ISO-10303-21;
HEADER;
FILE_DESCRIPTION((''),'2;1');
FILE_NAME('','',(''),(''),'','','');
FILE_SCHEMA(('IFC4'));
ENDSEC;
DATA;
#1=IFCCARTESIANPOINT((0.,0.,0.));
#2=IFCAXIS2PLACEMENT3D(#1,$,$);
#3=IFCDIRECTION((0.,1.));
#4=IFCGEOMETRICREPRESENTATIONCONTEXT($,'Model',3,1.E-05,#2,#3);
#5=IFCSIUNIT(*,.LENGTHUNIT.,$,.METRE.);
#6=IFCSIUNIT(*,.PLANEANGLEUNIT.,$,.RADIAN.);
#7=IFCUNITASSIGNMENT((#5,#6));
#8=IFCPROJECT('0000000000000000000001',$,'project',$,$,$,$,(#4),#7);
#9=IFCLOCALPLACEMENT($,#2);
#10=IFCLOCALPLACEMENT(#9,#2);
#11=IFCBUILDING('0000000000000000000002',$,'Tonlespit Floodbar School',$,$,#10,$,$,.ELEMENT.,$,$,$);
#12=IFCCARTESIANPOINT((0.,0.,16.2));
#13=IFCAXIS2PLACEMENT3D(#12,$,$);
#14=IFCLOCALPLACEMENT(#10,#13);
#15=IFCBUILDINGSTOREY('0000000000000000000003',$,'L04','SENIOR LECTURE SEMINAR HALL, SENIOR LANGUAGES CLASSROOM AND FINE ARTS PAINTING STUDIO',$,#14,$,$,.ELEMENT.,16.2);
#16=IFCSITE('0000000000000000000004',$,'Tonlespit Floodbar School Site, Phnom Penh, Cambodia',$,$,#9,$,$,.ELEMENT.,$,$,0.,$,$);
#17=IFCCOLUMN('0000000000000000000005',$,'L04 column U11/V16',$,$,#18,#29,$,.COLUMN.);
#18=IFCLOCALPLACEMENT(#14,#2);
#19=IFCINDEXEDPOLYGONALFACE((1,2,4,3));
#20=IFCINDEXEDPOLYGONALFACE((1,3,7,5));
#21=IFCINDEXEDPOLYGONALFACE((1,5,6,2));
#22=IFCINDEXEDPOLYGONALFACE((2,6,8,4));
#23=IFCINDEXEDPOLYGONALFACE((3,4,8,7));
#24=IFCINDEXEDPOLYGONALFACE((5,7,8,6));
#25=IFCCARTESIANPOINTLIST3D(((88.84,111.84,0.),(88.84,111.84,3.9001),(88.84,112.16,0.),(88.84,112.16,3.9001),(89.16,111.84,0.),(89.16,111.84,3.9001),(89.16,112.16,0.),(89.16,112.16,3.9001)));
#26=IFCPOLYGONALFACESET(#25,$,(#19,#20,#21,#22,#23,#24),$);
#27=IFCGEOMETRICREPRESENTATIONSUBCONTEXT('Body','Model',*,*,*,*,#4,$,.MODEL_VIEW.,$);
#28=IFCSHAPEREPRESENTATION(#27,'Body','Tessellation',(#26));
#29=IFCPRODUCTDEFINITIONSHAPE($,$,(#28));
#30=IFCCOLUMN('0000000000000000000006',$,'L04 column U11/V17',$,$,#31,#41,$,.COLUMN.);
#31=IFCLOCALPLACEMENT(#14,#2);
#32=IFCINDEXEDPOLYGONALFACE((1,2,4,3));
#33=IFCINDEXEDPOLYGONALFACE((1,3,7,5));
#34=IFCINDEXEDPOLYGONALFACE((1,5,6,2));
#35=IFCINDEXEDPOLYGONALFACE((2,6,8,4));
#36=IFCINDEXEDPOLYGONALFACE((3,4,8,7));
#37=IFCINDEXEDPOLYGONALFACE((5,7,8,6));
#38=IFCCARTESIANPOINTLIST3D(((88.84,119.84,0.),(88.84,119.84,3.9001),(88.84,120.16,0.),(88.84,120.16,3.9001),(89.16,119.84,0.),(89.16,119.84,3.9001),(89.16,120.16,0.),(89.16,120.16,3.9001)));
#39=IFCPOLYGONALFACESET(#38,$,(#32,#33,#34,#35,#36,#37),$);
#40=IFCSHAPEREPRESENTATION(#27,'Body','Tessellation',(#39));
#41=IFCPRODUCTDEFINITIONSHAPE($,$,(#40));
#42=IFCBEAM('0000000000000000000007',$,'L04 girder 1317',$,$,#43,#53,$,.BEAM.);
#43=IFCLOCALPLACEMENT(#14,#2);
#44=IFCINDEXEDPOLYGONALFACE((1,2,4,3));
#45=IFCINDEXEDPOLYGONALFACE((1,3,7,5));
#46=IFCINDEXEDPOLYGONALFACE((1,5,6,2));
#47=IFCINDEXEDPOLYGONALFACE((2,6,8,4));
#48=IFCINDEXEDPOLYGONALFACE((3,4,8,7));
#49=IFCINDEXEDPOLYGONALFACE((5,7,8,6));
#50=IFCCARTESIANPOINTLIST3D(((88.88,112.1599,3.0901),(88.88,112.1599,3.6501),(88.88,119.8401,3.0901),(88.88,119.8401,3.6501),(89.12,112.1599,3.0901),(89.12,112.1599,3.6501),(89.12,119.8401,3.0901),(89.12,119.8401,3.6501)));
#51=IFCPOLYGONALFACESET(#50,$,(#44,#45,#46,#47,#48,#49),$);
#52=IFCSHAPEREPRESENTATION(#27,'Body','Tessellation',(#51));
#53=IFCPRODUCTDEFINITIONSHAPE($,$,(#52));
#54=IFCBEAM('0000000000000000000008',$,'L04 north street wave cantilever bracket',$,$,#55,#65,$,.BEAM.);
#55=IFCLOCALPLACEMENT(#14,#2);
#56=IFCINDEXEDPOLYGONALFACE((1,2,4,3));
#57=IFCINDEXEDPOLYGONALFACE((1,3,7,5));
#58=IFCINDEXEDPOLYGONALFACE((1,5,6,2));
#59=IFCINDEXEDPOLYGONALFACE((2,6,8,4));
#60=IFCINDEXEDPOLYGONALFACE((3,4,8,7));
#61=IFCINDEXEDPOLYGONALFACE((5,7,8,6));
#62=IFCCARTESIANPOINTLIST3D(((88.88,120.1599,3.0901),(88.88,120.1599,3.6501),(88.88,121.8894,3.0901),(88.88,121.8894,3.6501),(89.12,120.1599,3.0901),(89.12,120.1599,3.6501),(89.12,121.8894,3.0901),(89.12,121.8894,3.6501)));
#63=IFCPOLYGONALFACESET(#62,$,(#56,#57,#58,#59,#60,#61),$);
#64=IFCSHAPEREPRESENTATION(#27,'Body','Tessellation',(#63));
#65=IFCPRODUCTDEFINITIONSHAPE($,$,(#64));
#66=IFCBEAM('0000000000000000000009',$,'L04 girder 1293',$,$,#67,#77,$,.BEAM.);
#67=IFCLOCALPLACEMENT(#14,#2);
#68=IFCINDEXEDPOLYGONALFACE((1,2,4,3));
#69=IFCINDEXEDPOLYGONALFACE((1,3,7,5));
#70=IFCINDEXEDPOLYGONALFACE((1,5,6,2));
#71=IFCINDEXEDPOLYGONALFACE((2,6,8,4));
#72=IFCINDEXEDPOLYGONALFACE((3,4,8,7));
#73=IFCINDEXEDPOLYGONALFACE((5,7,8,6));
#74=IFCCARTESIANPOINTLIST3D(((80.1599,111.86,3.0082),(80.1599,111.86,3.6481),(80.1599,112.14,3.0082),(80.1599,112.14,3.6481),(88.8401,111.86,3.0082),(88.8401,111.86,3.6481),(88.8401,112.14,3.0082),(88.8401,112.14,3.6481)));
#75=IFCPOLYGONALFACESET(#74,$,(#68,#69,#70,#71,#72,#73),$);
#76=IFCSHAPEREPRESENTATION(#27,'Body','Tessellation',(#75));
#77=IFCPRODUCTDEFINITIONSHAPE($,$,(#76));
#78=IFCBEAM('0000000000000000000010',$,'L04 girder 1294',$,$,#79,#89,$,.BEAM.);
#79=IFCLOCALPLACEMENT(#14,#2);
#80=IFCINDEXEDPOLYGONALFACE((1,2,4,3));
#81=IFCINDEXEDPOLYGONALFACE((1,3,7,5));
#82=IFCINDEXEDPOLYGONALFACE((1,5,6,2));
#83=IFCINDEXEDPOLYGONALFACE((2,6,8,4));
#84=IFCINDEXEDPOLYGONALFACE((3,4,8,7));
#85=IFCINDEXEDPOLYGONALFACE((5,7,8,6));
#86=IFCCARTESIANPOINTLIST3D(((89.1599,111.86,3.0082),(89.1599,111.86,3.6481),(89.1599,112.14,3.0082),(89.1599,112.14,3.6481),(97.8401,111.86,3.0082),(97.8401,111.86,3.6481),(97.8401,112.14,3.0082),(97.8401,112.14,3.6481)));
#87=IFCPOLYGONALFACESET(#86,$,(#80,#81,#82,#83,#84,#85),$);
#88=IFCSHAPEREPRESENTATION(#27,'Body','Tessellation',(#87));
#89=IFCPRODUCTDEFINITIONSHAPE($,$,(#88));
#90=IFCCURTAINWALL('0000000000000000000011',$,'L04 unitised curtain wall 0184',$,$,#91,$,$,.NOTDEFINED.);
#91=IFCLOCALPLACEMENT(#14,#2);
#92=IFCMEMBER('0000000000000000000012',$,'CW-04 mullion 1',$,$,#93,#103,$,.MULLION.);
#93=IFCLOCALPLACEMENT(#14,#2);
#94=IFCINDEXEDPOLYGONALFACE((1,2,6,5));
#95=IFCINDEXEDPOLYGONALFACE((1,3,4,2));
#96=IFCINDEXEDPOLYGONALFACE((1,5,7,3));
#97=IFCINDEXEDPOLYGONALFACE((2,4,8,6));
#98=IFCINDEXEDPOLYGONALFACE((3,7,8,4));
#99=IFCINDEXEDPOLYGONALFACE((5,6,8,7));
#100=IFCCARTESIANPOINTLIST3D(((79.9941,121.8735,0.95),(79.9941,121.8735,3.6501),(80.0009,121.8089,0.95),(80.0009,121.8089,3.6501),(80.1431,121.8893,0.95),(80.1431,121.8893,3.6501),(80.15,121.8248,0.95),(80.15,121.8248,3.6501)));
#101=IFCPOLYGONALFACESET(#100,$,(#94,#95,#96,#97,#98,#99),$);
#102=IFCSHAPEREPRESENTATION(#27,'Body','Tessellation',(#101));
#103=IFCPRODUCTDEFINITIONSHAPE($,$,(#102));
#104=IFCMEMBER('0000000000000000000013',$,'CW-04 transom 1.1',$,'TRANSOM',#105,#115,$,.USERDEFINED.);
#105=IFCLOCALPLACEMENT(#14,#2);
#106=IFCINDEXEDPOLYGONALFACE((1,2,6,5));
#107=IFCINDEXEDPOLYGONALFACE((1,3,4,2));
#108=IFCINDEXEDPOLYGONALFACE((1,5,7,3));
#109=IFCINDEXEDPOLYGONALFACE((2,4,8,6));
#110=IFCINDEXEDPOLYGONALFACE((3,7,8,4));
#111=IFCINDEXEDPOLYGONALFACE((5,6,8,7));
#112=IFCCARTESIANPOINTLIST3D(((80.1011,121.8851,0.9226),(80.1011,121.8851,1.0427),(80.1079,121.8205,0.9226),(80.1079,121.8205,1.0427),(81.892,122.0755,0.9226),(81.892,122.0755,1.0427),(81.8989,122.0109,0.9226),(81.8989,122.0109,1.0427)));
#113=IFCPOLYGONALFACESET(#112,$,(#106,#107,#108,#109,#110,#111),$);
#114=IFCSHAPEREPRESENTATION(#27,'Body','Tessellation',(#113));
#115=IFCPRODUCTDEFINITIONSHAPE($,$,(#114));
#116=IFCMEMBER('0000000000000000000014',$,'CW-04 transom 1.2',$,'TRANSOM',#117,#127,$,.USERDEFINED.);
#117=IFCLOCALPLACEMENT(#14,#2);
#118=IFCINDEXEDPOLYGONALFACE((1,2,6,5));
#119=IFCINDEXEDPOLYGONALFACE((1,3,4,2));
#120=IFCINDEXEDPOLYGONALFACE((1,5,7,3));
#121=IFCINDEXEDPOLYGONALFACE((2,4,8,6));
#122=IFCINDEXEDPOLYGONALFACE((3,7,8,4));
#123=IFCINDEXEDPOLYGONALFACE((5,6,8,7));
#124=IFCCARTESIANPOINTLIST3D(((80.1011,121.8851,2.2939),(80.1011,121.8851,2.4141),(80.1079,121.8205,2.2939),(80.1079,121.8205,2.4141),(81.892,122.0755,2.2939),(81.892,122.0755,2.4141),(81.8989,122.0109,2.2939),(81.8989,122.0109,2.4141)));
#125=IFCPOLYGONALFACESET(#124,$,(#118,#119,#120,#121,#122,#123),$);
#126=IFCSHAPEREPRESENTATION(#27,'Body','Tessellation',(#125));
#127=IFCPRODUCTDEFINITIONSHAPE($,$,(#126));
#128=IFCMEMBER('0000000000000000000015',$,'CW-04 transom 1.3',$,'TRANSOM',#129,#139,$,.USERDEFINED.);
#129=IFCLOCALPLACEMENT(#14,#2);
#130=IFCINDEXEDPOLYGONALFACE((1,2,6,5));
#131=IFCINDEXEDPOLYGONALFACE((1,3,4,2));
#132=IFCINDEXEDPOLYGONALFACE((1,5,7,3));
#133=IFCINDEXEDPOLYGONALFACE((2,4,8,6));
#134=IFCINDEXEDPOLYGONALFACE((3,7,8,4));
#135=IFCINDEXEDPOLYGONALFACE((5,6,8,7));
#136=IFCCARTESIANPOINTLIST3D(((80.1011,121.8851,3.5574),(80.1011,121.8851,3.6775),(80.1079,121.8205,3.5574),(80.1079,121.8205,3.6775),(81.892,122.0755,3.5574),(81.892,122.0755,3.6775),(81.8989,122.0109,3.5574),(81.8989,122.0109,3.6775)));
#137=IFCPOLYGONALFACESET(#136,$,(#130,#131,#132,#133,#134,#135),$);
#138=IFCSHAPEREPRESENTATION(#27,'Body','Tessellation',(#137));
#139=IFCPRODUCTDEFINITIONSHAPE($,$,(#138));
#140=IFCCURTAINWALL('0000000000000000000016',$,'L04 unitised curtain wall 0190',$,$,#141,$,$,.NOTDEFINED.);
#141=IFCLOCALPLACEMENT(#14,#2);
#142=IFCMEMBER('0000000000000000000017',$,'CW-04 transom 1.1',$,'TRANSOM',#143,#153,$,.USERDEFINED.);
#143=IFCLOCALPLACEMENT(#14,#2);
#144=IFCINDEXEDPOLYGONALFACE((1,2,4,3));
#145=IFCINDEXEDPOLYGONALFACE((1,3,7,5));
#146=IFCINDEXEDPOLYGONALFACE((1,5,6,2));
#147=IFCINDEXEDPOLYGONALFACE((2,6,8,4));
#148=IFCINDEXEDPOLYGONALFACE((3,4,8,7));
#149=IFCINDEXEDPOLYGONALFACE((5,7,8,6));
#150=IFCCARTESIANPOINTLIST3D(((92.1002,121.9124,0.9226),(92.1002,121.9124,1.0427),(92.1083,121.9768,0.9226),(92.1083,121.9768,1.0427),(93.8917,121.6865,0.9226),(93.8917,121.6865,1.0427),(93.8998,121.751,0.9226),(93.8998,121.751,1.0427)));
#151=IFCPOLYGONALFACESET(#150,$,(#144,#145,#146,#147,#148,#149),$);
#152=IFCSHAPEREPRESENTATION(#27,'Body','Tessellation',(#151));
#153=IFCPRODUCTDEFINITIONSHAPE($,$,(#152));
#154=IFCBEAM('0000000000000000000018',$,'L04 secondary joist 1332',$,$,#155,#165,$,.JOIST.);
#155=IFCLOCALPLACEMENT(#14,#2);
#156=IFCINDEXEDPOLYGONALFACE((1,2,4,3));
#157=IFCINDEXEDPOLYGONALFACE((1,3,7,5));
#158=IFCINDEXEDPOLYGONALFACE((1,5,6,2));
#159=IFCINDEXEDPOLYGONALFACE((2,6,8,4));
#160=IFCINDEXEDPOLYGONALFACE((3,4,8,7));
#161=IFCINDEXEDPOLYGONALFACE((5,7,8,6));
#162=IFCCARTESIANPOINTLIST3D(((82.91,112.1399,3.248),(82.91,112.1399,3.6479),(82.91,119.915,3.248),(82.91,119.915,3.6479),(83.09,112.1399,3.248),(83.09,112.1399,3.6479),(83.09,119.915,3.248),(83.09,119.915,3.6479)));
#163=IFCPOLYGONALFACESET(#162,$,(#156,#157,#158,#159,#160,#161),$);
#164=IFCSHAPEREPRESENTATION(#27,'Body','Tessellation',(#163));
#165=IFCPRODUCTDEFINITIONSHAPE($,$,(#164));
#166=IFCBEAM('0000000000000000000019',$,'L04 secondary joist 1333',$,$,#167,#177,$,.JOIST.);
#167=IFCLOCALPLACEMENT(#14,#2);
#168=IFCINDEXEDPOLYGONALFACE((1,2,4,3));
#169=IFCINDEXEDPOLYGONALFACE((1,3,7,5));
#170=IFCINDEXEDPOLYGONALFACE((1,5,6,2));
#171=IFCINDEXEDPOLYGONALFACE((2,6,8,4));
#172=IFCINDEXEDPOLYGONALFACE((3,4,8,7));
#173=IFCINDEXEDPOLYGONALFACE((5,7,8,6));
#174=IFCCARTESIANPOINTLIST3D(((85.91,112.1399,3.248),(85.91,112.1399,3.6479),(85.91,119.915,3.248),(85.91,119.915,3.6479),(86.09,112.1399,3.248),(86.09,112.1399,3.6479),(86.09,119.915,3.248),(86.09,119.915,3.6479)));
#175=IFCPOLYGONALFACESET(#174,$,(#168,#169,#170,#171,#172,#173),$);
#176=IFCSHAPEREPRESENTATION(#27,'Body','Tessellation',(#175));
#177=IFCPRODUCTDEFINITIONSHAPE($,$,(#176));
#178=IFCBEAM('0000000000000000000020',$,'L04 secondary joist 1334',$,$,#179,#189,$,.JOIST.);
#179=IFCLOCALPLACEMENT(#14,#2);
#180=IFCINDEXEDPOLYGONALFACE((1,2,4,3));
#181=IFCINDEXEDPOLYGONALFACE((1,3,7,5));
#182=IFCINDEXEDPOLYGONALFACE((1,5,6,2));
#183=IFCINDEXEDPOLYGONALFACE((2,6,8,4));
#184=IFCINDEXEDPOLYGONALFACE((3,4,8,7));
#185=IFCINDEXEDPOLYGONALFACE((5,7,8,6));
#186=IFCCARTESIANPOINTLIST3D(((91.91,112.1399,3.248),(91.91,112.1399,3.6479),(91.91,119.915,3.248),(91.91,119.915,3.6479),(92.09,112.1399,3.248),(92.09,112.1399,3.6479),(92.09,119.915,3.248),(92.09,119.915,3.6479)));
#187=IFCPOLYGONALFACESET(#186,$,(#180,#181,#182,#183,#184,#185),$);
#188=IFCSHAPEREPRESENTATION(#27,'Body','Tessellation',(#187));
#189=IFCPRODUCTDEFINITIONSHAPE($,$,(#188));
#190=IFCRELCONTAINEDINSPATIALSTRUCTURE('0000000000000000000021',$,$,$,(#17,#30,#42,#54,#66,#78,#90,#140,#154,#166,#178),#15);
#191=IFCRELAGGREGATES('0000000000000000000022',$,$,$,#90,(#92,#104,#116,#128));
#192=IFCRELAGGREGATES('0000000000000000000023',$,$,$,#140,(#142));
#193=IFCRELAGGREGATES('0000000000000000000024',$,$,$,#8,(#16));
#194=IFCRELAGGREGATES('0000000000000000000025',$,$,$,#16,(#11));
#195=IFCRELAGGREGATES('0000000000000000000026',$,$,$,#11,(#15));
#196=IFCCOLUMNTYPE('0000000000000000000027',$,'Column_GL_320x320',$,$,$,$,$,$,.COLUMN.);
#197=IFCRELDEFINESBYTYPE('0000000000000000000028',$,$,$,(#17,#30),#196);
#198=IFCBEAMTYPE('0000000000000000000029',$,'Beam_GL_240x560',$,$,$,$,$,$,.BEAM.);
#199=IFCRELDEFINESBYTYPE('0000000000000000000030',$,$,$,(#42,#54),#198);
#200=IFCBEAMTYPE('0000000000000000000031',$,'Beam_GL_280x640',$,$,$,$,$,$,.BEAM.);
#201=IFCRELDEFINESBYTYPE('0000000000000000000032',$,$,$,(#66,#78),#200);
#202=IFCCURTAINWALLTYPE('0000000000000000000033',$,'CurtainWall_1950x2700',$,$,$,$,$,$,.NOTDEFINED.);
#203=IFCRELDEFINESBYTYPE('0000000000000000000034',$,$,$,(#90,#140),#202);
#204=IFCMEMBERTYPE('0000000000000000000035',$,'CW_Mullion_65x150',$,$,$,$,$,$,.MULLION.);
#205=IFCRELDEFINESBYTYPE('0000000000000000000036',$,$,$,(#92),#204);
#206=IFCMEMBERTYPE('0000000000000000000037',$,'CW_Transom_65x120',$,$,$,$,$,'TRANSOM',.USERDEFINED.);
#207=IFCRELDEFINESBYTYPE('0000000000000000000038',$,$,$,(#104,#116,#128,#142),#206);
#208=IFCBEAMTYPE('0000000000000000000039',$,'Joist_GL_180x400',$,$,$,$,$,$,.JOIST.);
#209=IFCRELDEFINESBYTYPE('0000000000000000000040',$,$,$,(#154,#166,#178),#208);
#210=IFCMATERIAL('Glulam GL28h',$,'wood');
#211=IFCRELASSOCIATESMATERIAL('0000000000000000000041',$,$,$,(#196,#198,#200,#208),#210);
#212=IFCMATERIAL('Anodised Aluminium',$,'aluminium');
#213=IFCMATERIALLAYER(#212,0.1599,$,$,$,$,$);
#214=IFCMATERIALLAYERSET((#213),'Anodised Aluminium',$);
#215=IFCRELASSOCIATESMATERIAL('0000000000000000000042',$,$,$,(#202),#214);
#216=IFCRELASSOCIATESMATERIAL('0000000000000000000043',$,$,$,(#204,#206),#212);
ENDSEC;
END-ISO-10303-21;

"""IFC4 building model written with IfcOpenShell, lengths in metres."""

from ifc_helpers import new_model, si_unit, direction, frame, origin, origin_2d, place, context, subcontext, project, spatial, rectangle, extrude, material, layer, layer_set, material_profile, profile_set, type_object, element, aggregate, save


model = new_model("IFC4")

# Units and contexts
model_context = context("Model", 3, precision=1e-05, world=origin(), true_north=direction((0.0, 1.0)))
body_context = subcontext(model_context, "Body", "Model", "MODEL_VIEW")
ifc_project = project(units=[si_unit("LENGTHUNIT", "METRE"), si_unit("PLANEANGLEUNIT", "RADIAN")], contexts=[model_context])

# Site, building, storey
site_placement = place(None, origin())
site = spatial("IfcSite", under=ifc_project, at=site_placement, Name="Tonlespit Floodbar School Site, Phnom Penh, Cambodia", CompositionType="ELEMENT", RefElevation=0.0)
building_placement = place(site_placement, origin())
building = spatial("IfcBuilding", under=site, at=building_placement, Name="Tonlespit Floodbar School", CompositionType="ELEMENT")
storey_placement = place(building_placement, frame((0.0, 0.0, 16.2)))
storey = spatial("IfcBuildingStorey", under=building, at=storey_placement, Name="L04", Description="SENIOR LECTURE SEMINAR HALL, SENIOR LANGUAGES CLASSROOM AND FINE ARTS PAINTING STUDIO", CompositionType="ELEMENT", Elevation=16.2)

# Columns
ifc_material_1 = material(Name="Glulam GL28h", Category="wood")
ifc_material_profile_1 = material_profile(ifc_material_1, rectangle(XDim=0.3201, YDim=0.3201, at=origin_2d()), Name="GL 320x320")
ifc_profile_set_1 = profile_set([ifc_material_profile_1], Name="Glulam GL28h")
column_type = type_object("IfcColumnType", Name="Column_GL_320x320", PredefinedType="COLUMN", material=ifc_profile_set_1)
for number, where, z_axis, x_axis, name in (
    (1, (89.0, 112.0, 0.0), (0.0, 0.0, 1.0), (1.0, 0.0, 0.0), "L04 column U11/V16"),
    (2, (89.0, 120.0, 0.0), (0.0, 0.0, 1.0), (1.0, 0.0, 0.0), "L04 column U11/V17"),
):
    element("IfcColumn", number, at=place(storey_placement, frame(where, z_axis=z_axis, x_axis=x_axis)), inside=storey, type_object=column_type, Name=name, PredefinedType="COLUMN", context=body_context, shape_type="SweptSolid", body=[
        extrude(rectangle(XDim=0.3201, YDim=0.3201, at=origin_2d()), origin(), (0.0, 0.0, 1.0), 3.9001),
    ])

# Beams
ifc_material_profile_2 = material_profile(ifc_material_1, rectangle(XDim=0.24, YDim=0.5601, at=origin_2d()), Name="GL 240x560")
ifc_profile_set_2 = profile_set([ifc_material_profile_2], Name="Glulam GL28h")
beam_type_1 = type_object("IfcBeamType", Name="Beam_GL_240x560", PredefinedType="BEAM", material=ifc_profile_set_2)
beam_1_placement = place(storey_placement, frame((89.0, 112.1599, 3.3701), z_axis=(0.0, 1.0, 0.0), x_axis=(-1.0, 0.0, 0.0)))
element("IfcBeam", 3, at=beam_1_placement, inside=storey, type_object=beam_type_1, Name="L04 girder 1317", PredefinedType="BEAM", context=body_context, shape_type="SweptSolid", body=[
    extrude(rectangle(XDim=0.24, YDim=0.5601, at=origin_2d()), origin(), (0.0, 0.0, 1.0), 7.6802),
])
beam_2_placement = place(storey_placement, frame((89.0, 120.1599, 3.3701), z_axis=(0.0, 1.0, 0.0), x_axis=(-1.0, 0.0, 0.0)))
element("IfcBeam", 4, at=beam_2_placement, inside=storey, type_object=beam_type_1, Name="L04 north street wave cantilever bracket", PredefinedType="BEAM", context=body_context, shape_type="SweptSolid", body=[
    extrude(rectangle(XDim=0.24, YDim=0.5601, at=origin_2d()), origin(), (0.0, 0.0, 1.0), 1.7295),
])
ifc_material_profile_3 = material_profile(ifc_material_1, rectangle(XDim=0.28, YDim=0.6399, at=origin_2d()), Name="GL 280x640")
ifc_profile_set_3 = profile_set([ifc_material_profile_3], Name="Glulam GL28h")
beam_type_2 = type_object("IfcBeamType", Name="Beam_GL_280x640", PredefinedType="BEAM", material=ifc_profile_set_3)
for number, where, z_axis, x_axis, name in (
    (5, (80.1599, 112.0, 3.3281), (1.0, 0.0, 0.0), (0.0, 1.0, 0.0), "L04 girder 1293"),
    (6, (89.1599, 112.0, 3.3281), (1.0, 0.0, 0.0), (0.0, 1.0, 0.0), "L04 girder 1294"),
):
    element("IfcBeam", number, at=place(storey_placement, frame(where, z_axis=z_axis, x_axis=x_axis)), inside=storey, type_object=beam_type_2, Name=name, PredefinedType="BEAM", context=body_context, shape_type="SweptSolid", body=[
        extrude(rectangle(XDim=0.28, YDim=0.6399, at=origin_2d()), origin(), (0.0, 0.0, 1.0), 8.6802),
    ])

# Curtain wall, members
ifc_material_2 = material(Name="Anodised Aluminium", Category="aluminium")
ifc_layer_1 = layer(ifc_material_2, 0.1599)
ifc_layer_set_1 = layer_set([ifc_layer_1], Name="Anodised Aluminium")
curtain_wall_type = type_object("IfcCurtainWallType", Name="CurtainWall_1950x2700", PredefinedType="NOTDEFINED", material=ifc_layer_set_1)
curtain_wall_1_placement = place(storey_placement, origin())
curtain_wall_1 = element("IfcCurtainWall", 7, at=curtain_wall_1_placement, inside=storey, type_object=curtain_wall_type, Name="L04 unitised curtain wall 0184", PredefinedType="NOTDEFINED")
ifc_material_profile_4 = material_profile(ifc_material_2, rectangle(XDim=0.0649, YDim=0.1499, at=origin_2d()), Name="ALU M65x150")
ifc_profile_set_4 = profile_set([ifc_material_profile_4], Name="Anodised Aluminium")
member_type_1 = type_object("IfcMemberType", Name="CW_Mullion_65x150", PredefinedType="MULLION", material=ifc_profile_set_4)
member_1_placement = place(storey_placement, frame((80.072, 121.8491, 0.95), z_axis=(0.0, 0.0, 1.0), x_axis=(-0.105787, 0.994389, 0.0)))
member_1 = element("IfcMember", 8, at=member_1_placement, type_object=member_type_1, Name="CW-04 mullion 1", PredefinedType="MULLION", context=body_context, shape_type="SweptSolid", body=[
    extrude(rectangle(XDim=0.0649, YDim=0.1499, at=origin_2d()), origin(), (0.0, 0.0, 1.0), 2.7002),
])
ifc_material_profile_5 = material_profile(ifc_material_2, rectangle(XDim=0.0649, YDim=0.1201, at=origin_2d()), Name="ALU T65x120")
ifc_profile_set_5 = profile_set([ifc_material_profile_5], Name="Anodised Aluminium")
member_type_2 = type_object("IfcMemberType", Name="CW_Transom_65x120", ElementType="TRANSOM", PredefinedType="USERDEFINED", material=ifc_profile_set_5)
member_2_placement = place(storey_placement, frame((80.1045, 121.8528, 0.9827), z_axis=(0.994395, 0.105729, 0.0), x_axis=(-0.105729, 0.994395, 0.0)))
member_2 = element("IfcMember", 9, at=member_2_placement, type_object=member_type_2, Name="CW-04 transom 1.1", ObjectType="TRANSOM", PredefinedType="USERDEFINED", context=body_context, shape_type="SweptSolid", body=[
    extrude(rectangle(XDim=0.0649, YDim=0.1201, at=origin_2d()), origin(), (0.0, 0.0, 1.0), 1.801),
])
member_3_placement = place(storey_placement, frame((80.1045, 121.8528, 2.354), z_axis=(0.994395, 0.105729, 0.0), x_axis=(-0.105729, 0.994395, 0.0)))
member_3 = element("IfcMember", 10, at=member_3_placement, type_object=member_type_2, Name="CW-04 transom 1.2", ObjectType="TRANSOM", PredefinedType="USERDEFINED", context=body_context, shape_type="SweptSolid", body=[
    extrude(rectangle(XDim=0.0649, YDim=0.1201, at=origin_2d()), origin(), (0.0, 0.0, 1.0), 1.801),
])
member_4_placement = place(storey_placement, frame((80.1045, 121.8528, 3.6174), z_axis=(0.994395, 0.105729, 0.0), x_axis=(-0.105729, 0.994395, 0.0)))
member_4 = element("IfcMember", 11, at=member_4_placement, type_object=member_type_2, Name="CW-04 transom 1.3", ObjectType="TRANSOM", PredefinedType="USERDEFINED", context=body_context, shape_type="SweptSolid", body=[
    extrude(rectangle(XDim=0.0649, YDim=0.1201, at=origin_2d()), origin(), (0.0, 0.0, 1.0), 1.801),
])
aggregate(curtain_wall_1, [member_1, member_2, member_3, member_4])

# Curtain wall, member
curtain_wall_2_placement = place(storey_placement, origin())
curtain_wall_2 = element("IfcCurtainWall", 12, at=curtain_wall_2_placement, inside=storey, type_object=curtain_wall_type, Name="L04 unitised curtain wall 0190", PredefinedType="NOTDEFINED")
member_5_placement = place(storey_placement, frame((92.1042, 121.9446, 0.9827), z_axis=(0.992148, -0.125066, 0.0), x_axis=(0.125066, 0.992148, 0.0)))
member_5 = element("IfcMember", 13, at=member_5_placement, type_object=member_type_2, Name="CW-04 transom 1.1", ObjectType="TRANSOM", PredefinedType="USERDEFINED", context=body_context, shape_type="SweptSolid", body=[
    extrude(rectangle(XDim=0.0649, YDim=0.1201, at=origin_2d()), origin(), (0.0, 0.0, 1.0), 1.8057),
])

# Beams
ifc_material_profile_6 = material_profile(ifc_material_1, rectangle(XDim=0.1799, YDim=0.3999, at=origin_2d()), Name="GL 180x400")
ifc_profile_set_6 = profile_set([ifc_material_profile_6], Name="Glulam GL28h")
beam_type_3 = type_object("IfcBeamType", Name="Joist_GL_180x400", PredefinedType="JOIST", material=ifc_profile_set_6)
for number, where, z_axis, x_axis, name in (
    (14, (83.0, 112.1399, 3.448), (0.0, 1.0, 0.0), (-1.0, 0.0, 0.0), "L04 secondary joist 1332"),
    (15, (86.0, 112.1399, 3.448), (0.0, 1.0, 0.0), (-1.0, 0.0, 0.0), "L04 secondary joist 1333"),
    (16, (92.0, 112.1399, 3.448), (0.0, 1.0, 0.0), (-1.0, 0.0, 0.0), "L04 secondary joist 1334"),
):
    element("IfcBeam", number, at=place(storey_placement, frame(where, z_axis=z_axis, x_axis=x_axis)), inside=storey, type_object=beam_type_3, Name=name, PredefinedType="JOIST", context=body_context, shape_type="SweptSolid", body=[
        extrude(rectangle(XDim=0.1799, YDim=0.3999, at=origin_2d()), origin(), (0.0, 0.0, 1.0), 7.7751),
    ])

aggregate(curtain_wall_2, [member_5])

save(model, "model.ifc")
